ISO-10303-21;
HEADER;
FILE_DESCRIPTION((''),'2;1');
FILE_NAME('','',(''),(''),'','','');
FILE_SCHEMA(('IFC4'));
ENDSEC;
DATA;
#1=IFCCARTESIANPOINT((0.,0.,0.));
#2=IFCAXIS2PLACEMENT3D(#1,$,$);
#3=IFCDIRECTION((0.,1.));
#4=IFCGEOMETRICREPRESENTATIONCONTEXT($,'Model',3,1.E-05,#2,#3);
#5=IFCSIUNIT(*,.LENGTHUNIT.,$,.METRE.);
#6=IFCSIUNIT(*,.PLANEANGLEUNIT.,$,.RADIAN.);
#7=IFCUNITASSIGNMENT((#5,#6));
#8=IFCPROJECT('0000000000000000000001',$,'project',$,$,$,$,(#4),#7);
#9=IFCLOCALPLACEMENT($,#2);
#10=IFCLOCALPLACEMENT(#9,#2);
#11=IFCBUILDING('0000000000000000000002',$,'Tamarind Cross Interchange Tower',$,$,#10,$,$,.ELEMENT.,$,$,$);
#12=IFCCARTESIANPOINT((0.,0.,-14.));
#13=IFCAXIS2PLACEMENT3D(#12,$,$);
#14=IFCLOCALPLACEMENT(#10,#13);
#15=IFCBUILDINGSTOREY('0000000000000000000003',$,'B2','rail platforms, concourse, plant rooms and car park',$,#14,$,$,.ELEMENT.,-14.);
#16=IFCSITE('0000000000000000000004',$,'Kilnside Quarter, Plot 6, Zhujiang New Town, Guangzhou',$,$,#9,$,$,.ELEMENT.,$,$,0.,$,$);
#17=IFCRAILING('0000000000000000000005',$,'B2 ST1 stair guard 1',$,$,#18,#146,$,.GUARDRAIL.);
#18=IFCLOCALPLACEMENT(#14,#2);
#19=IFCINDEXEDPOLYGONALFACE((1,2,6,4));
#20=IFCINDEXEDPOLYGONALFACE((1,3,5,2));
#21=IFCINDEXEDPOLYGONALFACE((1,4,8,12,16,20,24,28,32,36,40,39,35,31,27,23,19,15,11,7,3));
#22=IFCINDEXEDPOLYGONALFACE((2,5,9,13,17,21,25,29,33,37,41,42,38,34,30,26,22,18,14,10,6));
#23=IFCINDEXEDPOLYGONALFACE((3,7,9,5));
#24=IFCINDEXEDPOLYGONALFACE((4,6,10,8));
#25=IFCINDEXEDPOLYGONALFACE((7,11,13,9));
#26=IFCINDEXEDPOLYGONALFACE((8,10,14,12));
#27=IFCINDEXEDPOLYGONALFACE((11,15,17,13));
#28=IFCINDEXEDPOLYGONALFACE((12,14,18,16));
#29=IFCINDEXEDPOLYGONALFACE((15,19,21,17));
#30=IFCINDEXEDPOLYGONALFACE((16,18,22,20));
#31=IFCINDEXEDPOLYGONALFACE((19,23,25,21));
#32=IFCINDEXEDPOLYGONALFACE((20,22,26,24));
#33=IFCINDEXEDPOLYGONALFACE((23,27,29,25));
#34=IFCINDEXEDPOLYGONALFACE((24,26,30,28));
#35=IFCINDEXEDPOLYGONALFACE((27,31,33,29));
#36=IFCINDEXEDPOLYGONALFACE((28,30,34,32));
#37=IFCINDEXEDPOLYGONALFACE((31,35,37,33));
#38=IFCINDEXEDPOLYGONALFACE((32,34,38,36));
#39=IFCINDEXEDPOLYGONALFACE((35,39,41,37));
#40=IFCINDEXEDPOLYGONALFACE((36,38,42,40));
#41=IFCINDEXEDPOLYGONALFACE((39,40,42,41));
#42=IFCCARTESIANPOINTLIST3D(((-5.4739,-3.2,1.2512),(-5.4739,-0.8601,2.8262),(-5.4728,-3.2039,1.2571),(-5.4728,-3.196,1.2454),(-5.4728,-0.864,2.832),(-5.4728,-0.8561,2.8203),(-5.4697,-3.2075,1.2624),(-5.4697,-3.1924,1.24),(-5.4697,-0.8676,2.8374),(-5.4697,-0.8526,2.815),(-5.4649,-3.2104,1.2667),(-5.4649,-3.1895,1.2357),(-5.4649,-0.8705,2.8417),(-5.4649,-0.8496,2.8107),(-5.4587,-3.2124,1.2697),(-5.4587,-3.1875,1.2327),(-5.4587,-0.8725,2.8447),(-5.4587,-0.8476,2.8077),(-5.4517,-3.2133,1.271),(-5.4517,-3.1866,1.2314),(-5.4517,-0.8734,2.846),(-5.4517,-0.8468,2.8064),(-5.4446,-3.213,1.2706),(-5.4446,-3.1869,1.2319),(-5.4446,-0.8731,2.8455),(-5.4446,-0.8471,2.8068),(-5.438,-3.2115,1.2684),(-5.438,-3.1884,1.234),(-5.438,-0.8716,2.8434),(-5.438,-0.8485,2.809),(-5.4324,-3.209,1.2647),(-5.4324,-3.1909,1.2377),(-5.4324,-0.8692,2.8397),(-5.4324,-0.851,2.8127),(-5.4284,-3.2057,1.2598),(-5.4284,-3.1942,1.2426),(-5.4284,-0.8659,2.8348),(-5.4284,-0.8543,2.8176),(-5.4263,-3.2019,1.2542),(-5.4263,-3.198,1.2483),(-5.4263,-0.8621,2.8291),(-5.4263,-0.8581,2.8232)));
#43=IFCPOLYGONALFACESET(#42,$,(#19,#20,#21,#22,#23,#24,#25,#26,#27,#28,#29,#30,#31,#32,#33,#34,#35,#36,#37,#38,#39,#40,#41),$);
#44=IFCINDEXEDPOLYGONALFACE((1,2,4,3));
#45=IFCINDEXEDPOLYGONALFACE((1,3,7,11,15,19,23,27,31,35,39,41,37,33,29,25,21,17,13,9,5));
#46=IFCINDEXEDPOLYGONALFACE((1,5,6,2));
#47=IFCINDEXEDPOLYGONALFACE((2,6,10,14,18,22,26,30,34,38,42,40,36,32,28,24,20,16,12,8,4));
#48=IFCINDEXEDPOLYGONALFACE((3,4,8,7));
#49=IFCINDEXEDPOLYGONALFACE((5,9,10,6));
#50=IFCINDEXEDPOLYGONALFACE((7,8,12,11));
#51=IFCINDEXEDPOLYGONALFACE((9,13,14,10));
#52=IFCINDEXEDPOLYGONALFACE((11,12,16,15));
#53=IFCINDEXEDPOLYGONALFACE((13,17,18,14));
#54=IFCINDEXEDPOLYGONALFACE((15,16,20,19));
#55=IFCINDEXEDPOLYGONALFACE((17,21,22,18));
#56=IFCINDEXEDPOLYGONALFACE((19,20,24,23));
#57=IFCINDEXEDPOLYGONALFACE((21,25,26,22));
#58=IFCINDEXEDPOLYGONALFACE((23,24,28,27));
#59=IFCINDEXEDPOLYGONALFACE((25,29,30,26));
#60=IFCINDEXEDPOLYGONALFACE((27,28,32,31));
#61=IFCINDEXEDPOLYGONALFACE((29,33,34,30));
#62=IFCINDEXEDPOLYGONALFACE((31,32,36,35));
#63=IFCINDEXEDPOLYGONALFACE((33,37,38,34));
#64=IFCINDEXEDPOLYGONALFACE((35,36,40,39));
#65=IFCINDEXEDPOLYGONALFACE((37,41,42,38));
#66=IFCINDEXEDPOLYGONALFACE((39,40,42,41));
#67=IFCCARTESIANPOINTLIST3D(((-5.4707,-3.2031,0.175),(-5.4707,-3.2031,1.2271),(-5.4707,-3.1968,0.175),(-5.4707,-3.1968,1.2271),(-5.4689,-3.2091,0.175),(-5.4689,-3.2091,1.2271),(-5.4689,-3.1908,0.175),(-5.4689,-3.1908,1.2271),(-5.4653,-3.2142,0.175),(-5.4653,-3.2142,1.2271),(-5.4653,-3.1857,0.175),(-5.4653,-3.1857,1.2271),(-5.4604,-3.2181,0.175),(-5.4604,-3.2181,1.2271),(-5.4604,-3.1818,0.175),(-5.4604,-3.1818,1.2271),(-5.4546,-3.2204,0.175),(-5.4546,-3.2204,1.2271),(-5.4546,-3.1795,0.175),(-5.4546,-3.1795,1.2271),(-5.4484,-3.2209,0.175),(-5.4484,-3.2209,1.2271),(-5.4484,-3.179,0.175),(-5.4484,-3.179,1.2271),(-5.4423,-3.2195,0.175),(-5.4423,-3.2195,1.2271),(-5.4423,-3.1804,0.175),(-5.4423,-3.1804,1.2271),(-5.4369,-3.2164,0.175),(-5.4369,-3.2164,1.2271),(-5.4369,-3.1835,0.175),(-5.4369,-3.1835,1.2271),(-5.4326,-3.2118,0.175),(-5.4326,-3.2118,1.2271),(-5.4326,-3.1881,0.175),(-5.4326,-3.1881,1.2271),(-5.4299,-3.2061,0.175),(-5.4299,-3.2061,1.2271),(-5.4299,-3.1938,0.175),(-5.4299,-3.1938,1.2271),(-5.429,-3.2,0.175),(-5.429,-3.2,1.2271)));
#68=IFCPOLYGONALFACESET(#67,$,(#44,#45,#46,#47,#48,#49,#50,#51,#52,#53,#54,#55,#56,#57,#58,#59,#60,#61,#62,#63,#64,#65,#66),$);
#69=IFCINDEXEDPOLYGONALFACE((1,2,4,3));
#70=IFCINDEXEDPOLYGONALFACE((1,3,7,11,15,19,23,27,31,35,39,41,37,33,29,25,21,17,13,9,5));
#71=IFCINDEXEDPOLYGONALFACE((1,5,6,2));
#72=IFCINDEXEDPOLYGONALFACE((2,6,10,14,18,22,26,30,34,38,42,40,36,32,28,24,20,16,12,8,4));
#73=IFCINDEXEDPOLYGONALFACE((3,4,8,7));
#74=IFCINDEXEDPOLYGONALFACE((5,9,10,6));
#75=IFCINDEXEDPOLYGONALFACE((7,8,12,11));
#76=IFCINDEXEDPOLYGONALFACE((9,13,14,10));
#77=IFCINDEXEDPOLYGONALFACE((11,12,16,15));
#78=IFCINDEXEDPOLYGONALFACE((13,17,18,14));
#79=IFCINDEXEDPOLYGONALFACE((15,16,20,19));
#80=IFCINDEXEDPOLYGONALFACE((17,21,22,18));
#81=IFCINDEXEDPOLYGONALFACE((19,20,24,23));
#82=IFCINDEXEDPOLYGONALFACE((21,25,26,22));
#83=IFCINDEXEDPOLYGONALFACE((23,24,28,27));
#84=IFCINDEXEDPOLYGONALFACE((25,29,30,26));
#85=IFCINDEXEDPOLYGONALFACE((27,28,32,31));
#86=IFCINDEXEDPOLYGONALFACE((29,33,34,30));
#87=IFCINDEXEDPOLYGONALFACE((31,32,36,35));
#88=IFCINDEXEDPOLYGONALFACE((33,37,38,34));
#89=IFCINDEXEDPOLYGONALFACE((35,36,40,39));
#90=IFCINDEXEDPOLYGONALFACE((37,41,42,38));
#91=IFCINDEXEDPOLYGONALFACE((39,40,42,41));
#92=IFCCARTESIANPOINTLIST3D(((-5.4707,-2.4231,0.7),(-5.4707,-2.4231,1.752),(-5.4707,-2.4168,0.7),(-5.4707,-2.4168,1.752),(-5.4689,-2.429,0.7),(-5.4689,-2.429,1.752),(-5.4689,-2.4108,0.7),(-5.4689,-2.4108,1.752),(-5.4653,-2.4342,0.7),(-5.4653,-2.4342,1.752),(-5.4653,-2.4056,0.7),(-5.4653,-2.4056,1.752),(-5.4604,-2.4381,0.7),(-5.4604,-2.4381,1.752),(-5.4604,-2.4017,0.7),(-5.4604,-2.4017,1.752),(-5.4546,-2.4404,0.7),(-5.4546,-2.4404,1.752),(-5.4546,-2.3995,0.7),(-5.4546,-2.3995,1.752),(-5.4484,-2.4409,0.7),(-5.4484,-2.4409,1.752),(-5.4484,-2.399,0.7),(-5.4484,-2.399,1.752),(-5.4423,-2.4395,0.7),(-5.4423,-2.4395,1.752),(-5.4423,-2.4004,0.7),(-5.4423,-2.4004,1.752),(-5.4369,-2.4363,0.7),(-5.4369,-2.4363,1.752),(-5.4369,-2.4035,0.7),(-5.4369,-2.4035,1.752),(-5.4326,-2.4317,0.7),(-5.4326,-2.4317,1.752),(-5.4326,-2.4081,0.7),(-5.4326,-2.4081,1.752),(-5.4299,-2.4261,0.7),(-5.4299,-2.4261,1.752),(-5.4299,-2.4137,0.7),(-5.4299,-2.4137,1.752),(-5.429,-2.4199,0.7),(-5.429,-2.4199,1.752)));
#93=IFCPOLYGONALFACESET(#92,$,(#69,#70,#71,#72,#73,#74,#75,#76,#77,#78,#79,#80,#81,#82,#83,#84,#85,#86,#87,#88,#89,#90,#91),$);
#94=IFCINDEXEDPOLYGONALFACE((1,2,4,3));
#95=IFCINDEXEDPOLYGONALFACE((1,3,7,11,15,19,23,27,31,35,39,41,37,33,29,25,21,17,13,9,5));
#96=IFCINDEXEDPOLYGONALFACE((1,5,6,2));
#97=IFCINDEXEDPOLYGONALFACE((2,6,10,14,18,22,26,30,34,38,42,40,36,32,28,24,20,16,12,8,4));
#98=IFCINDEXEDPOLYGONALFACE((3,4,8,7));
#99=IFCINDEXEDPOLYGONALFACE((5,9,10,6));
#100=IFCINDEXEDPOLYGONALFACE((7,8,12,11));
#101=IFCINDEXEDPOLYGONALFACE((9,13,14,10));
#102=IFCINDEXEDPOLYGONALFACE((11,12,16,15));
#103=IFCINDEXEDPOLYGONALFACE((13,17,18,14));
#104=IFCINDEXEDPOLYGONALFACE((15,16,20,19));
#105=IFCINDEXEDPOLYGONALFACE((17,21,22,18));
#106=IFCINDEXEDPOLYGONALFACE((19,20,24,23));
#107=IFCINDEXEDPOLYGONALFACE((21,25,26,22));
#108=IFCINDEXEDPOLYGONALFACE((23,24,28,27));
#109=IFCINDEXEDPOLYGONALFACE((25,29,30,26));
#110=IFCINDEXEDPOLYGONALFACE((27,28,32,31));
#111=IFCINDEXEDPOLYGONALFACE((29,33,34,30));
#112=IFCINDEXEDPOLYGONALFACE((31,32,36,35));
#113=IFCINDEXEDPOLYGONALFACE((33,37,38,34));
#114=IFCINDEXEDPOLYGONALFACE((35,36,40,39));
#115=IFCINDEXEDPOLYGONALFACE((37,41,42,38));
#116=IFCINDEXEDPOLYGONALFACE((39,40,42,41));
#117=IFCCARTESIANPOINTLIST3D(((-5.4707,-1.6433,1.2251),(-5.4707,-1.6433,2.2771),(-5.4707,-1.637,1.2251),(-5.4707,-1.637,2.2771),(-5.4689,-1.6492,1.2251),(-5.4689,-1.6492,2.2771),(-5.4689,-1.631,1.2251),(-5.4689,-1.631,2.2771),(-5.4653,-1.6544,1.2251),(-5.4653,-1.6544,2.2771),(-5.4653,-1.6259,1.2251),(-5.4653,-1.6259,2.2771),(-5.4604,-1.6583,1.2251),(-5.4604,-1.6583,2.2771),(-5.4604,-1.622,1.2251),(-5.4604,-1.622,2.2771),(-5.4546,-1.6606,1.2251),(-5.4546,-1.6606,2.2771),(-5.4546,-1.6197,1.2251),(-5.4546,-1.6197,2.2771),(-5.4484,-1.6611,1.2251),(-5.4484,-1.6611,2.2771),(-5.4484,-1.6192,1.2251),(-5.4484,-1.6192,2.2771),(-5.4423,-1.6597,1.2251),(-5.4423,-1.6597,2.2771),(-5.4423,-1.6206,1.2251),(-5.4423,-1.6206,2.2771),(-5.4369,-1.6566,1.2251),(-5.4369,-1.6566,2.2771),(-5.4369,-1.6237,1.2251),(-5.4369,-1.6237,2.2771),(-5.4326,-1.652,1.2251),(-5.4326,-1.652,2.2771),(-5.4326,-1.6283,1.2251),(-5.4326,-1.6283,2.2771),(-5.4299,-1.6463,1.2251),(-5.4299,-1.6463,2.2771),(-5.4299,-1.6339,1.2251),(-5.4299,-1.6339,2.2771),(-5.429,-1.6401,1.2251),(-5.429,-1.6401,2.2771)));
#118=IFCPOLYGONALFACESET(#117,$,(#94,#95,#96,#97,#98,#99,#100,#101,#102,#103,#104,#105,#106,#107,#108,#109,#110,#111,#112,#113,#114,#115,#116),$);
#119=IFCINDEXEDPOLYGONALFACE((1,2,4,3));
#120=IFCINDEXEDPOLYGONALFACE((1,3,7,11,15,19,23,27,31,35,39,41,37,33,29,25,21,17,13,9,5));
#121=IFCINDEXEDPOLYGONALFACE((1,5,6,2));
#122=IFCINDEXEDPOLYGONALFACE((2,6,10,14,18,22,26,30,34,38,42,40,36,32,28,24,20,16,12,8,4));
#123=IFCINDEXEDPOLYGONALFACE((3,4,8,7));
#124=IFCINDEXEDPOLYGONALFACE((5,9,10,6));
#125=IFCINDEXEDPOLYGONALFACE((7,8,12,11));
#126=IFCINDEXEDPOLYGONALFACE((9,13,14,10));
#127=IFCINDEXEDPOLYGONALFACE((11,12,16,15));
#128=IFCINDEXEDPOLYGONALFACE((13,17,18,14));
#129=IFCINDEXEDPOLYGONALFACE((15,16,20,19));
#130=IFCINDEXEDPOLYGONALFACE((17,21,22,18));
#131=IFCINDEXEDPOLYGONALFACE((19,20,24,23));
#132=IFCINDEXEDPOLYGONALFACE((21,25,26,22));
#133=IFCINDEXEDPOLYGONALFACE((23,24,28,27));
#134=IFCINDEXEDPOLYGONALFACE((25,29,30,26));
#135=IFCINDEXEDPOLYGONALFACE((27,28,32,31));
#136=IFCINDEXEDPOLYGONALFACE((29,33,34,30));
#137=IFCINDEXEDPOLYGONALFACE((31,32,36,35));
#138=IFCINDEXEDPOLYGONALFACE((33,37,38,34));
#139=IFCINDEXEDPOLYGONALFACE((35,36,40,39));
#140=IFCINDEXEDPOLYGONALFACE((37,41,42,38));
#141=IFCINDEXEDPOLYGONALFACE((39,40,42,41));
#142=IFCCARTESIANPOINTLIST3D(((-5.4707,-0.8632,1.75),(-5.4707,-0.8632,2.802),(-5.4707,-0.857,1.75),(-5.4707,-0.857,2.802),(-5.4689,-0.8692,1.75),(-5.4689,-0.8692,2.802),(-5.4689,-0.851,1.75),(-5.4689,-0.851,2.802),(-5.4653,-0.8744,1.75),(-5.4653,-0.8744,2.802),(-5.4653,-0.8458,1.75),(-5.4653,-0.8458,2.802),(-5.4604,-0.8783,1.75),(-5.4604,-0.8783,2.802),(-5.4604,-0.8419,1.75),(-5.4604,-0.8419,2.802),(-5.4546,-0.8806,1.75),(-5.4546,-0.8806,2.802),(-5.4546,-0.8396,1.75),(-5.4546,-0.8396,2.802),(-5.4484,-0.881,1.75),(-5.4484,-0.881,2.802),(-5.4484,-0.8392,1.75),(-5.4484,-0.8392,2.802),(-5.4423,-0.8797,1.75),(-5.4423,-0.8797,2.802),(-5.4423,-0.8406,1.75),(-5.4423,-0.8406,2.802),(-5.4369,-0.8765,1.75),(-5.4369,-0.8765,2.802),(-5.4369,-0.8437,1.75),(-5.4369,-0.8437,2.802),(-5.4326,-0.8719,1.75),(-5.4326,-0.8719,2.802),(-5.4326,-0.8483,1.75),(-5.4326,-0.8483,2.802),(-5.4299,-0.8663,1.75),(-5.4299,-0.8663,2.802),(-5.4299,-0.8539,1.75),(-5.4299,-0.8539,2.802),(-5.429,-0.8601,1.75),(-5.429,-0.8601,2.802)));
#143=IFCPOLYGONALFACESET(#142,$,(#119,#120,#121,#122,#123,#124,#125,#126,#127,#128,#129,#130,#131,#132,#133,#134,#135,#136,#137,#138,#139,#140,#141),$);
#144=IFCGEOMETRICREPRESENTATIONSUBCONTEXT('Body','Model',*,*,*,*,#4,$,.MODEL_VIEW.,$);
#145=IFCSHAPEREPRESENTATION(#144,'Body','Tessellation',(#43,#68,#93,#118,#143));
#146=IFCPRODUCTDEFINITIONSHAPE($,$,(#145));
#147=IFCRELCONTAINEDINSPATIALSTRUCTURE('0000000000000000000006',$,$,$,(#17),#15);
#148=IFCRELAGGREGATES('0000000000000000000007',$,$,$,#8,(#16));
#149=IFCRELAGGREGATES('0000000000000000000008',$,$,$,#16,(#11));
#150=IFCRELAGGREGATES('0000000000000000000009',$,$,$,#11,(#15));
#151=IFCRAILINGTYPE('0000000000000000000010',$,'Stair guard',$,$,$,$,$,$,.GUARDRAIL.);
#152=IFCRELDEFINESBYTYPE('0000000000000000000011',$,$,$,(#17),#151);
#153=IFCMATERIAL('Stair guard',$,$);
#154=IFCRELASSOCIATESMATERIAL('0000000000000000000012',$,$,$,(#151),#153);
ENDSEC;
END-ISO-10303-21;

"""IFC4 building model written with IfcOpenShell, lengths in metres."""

from ifc_helpers import new_model, si_unit, direction, frame, origin, origin_2d, place, context, subcontext, project, spatial, circle, extrude, material, type_object, element, save


model = new_model("IFC4")

# Units and contexts
model_context = context("Model", 3, precision=1e-05, world=origin(), true_north=direction((0.0, 1.0)))
body_context = subcontext(model_context, "Body", "Model", "MODEL_VIEW")
ifc_project = project(units=[si_unit("LENGTHUNIT", "METRE"), si_unit("PLANEANGLEUNIT", "RADIAN")], contexts=[model_context])

# Site, building, storey
site_placement = place(None, origin())
site = spatial("IfcSite", under=ifc_project, at=site_placement, Name="Kilnside Quarter, Plot 6, Zhujiang New Town, Guangzhou", CompositionType="ELEMENT", RefElevation=0.0)
building_placement = place(site_placement, origin())
building = spatial("IfcBuilding", under=site, at=building_placement, Name="Tamarind Cross Interchange Tower", CompositionType="ELEMENT")
storey_placement = place(building_placement, frame((0.0, 0.0, -14.0)))
storey = spatial("IfcBuildingStorey", under=building, at=storey_placement, Name="B2", Description="rail platforms, concourse, plant rooms and car park", CompositionType="ELEMENT", Elevation=-14.0)

# Railing
ifc_material_1 = material(Name="Stair guard")
railing_type_1 = type_object("IfcRailingType", Name="Stair guard", PredefinedType="GUARDRAIL", material=ifc_material_1)
railing_1_placement = place(storey_placement, frame((-5.45, -3.2, 0.175)))
element("IfcRailing", 1, at=railing_1_placement, inside=storey, type_object=railing_type_1, Name="B2 ST1 stair guard 1", PredefinedType="GUARDRAIL", context=body_context, shape_type="SweptSolid", body=[
    extrude(circle(Radius=0.0239, at=origin_2d()), frame((0.0, 0.0, 1.0762), z_axis=(0.0, 0.829578, 0.55839), x_axis=(-1.0, 0.0, 0.0)), (0.0, 0.0, 1.0), 2.8206),
    extrude(circle(Radius=0.021, at=origin_2d()), origin(), (0.0, 0.0, 1.0), 1.052),
    extrude(circle(Radius=0.021, at=origin_2d()), frame((0.0, 0.78, 0.5249)), (0.0, 0.0, 1.0), 1.052),
    extrude(circle(Radius=0.021, at=origin_2d()), frame((0.0, 1.5598, 1.05)), (0.0, 0.0, 1.0), 1.052),
    extrude(circle(Radius=0.021, at=origin_2d()), frame((0.0, 2.3398, 1.575)), (0.0, 0.0, 1.0), 1.052),
])

save(model, "model.ifc")
